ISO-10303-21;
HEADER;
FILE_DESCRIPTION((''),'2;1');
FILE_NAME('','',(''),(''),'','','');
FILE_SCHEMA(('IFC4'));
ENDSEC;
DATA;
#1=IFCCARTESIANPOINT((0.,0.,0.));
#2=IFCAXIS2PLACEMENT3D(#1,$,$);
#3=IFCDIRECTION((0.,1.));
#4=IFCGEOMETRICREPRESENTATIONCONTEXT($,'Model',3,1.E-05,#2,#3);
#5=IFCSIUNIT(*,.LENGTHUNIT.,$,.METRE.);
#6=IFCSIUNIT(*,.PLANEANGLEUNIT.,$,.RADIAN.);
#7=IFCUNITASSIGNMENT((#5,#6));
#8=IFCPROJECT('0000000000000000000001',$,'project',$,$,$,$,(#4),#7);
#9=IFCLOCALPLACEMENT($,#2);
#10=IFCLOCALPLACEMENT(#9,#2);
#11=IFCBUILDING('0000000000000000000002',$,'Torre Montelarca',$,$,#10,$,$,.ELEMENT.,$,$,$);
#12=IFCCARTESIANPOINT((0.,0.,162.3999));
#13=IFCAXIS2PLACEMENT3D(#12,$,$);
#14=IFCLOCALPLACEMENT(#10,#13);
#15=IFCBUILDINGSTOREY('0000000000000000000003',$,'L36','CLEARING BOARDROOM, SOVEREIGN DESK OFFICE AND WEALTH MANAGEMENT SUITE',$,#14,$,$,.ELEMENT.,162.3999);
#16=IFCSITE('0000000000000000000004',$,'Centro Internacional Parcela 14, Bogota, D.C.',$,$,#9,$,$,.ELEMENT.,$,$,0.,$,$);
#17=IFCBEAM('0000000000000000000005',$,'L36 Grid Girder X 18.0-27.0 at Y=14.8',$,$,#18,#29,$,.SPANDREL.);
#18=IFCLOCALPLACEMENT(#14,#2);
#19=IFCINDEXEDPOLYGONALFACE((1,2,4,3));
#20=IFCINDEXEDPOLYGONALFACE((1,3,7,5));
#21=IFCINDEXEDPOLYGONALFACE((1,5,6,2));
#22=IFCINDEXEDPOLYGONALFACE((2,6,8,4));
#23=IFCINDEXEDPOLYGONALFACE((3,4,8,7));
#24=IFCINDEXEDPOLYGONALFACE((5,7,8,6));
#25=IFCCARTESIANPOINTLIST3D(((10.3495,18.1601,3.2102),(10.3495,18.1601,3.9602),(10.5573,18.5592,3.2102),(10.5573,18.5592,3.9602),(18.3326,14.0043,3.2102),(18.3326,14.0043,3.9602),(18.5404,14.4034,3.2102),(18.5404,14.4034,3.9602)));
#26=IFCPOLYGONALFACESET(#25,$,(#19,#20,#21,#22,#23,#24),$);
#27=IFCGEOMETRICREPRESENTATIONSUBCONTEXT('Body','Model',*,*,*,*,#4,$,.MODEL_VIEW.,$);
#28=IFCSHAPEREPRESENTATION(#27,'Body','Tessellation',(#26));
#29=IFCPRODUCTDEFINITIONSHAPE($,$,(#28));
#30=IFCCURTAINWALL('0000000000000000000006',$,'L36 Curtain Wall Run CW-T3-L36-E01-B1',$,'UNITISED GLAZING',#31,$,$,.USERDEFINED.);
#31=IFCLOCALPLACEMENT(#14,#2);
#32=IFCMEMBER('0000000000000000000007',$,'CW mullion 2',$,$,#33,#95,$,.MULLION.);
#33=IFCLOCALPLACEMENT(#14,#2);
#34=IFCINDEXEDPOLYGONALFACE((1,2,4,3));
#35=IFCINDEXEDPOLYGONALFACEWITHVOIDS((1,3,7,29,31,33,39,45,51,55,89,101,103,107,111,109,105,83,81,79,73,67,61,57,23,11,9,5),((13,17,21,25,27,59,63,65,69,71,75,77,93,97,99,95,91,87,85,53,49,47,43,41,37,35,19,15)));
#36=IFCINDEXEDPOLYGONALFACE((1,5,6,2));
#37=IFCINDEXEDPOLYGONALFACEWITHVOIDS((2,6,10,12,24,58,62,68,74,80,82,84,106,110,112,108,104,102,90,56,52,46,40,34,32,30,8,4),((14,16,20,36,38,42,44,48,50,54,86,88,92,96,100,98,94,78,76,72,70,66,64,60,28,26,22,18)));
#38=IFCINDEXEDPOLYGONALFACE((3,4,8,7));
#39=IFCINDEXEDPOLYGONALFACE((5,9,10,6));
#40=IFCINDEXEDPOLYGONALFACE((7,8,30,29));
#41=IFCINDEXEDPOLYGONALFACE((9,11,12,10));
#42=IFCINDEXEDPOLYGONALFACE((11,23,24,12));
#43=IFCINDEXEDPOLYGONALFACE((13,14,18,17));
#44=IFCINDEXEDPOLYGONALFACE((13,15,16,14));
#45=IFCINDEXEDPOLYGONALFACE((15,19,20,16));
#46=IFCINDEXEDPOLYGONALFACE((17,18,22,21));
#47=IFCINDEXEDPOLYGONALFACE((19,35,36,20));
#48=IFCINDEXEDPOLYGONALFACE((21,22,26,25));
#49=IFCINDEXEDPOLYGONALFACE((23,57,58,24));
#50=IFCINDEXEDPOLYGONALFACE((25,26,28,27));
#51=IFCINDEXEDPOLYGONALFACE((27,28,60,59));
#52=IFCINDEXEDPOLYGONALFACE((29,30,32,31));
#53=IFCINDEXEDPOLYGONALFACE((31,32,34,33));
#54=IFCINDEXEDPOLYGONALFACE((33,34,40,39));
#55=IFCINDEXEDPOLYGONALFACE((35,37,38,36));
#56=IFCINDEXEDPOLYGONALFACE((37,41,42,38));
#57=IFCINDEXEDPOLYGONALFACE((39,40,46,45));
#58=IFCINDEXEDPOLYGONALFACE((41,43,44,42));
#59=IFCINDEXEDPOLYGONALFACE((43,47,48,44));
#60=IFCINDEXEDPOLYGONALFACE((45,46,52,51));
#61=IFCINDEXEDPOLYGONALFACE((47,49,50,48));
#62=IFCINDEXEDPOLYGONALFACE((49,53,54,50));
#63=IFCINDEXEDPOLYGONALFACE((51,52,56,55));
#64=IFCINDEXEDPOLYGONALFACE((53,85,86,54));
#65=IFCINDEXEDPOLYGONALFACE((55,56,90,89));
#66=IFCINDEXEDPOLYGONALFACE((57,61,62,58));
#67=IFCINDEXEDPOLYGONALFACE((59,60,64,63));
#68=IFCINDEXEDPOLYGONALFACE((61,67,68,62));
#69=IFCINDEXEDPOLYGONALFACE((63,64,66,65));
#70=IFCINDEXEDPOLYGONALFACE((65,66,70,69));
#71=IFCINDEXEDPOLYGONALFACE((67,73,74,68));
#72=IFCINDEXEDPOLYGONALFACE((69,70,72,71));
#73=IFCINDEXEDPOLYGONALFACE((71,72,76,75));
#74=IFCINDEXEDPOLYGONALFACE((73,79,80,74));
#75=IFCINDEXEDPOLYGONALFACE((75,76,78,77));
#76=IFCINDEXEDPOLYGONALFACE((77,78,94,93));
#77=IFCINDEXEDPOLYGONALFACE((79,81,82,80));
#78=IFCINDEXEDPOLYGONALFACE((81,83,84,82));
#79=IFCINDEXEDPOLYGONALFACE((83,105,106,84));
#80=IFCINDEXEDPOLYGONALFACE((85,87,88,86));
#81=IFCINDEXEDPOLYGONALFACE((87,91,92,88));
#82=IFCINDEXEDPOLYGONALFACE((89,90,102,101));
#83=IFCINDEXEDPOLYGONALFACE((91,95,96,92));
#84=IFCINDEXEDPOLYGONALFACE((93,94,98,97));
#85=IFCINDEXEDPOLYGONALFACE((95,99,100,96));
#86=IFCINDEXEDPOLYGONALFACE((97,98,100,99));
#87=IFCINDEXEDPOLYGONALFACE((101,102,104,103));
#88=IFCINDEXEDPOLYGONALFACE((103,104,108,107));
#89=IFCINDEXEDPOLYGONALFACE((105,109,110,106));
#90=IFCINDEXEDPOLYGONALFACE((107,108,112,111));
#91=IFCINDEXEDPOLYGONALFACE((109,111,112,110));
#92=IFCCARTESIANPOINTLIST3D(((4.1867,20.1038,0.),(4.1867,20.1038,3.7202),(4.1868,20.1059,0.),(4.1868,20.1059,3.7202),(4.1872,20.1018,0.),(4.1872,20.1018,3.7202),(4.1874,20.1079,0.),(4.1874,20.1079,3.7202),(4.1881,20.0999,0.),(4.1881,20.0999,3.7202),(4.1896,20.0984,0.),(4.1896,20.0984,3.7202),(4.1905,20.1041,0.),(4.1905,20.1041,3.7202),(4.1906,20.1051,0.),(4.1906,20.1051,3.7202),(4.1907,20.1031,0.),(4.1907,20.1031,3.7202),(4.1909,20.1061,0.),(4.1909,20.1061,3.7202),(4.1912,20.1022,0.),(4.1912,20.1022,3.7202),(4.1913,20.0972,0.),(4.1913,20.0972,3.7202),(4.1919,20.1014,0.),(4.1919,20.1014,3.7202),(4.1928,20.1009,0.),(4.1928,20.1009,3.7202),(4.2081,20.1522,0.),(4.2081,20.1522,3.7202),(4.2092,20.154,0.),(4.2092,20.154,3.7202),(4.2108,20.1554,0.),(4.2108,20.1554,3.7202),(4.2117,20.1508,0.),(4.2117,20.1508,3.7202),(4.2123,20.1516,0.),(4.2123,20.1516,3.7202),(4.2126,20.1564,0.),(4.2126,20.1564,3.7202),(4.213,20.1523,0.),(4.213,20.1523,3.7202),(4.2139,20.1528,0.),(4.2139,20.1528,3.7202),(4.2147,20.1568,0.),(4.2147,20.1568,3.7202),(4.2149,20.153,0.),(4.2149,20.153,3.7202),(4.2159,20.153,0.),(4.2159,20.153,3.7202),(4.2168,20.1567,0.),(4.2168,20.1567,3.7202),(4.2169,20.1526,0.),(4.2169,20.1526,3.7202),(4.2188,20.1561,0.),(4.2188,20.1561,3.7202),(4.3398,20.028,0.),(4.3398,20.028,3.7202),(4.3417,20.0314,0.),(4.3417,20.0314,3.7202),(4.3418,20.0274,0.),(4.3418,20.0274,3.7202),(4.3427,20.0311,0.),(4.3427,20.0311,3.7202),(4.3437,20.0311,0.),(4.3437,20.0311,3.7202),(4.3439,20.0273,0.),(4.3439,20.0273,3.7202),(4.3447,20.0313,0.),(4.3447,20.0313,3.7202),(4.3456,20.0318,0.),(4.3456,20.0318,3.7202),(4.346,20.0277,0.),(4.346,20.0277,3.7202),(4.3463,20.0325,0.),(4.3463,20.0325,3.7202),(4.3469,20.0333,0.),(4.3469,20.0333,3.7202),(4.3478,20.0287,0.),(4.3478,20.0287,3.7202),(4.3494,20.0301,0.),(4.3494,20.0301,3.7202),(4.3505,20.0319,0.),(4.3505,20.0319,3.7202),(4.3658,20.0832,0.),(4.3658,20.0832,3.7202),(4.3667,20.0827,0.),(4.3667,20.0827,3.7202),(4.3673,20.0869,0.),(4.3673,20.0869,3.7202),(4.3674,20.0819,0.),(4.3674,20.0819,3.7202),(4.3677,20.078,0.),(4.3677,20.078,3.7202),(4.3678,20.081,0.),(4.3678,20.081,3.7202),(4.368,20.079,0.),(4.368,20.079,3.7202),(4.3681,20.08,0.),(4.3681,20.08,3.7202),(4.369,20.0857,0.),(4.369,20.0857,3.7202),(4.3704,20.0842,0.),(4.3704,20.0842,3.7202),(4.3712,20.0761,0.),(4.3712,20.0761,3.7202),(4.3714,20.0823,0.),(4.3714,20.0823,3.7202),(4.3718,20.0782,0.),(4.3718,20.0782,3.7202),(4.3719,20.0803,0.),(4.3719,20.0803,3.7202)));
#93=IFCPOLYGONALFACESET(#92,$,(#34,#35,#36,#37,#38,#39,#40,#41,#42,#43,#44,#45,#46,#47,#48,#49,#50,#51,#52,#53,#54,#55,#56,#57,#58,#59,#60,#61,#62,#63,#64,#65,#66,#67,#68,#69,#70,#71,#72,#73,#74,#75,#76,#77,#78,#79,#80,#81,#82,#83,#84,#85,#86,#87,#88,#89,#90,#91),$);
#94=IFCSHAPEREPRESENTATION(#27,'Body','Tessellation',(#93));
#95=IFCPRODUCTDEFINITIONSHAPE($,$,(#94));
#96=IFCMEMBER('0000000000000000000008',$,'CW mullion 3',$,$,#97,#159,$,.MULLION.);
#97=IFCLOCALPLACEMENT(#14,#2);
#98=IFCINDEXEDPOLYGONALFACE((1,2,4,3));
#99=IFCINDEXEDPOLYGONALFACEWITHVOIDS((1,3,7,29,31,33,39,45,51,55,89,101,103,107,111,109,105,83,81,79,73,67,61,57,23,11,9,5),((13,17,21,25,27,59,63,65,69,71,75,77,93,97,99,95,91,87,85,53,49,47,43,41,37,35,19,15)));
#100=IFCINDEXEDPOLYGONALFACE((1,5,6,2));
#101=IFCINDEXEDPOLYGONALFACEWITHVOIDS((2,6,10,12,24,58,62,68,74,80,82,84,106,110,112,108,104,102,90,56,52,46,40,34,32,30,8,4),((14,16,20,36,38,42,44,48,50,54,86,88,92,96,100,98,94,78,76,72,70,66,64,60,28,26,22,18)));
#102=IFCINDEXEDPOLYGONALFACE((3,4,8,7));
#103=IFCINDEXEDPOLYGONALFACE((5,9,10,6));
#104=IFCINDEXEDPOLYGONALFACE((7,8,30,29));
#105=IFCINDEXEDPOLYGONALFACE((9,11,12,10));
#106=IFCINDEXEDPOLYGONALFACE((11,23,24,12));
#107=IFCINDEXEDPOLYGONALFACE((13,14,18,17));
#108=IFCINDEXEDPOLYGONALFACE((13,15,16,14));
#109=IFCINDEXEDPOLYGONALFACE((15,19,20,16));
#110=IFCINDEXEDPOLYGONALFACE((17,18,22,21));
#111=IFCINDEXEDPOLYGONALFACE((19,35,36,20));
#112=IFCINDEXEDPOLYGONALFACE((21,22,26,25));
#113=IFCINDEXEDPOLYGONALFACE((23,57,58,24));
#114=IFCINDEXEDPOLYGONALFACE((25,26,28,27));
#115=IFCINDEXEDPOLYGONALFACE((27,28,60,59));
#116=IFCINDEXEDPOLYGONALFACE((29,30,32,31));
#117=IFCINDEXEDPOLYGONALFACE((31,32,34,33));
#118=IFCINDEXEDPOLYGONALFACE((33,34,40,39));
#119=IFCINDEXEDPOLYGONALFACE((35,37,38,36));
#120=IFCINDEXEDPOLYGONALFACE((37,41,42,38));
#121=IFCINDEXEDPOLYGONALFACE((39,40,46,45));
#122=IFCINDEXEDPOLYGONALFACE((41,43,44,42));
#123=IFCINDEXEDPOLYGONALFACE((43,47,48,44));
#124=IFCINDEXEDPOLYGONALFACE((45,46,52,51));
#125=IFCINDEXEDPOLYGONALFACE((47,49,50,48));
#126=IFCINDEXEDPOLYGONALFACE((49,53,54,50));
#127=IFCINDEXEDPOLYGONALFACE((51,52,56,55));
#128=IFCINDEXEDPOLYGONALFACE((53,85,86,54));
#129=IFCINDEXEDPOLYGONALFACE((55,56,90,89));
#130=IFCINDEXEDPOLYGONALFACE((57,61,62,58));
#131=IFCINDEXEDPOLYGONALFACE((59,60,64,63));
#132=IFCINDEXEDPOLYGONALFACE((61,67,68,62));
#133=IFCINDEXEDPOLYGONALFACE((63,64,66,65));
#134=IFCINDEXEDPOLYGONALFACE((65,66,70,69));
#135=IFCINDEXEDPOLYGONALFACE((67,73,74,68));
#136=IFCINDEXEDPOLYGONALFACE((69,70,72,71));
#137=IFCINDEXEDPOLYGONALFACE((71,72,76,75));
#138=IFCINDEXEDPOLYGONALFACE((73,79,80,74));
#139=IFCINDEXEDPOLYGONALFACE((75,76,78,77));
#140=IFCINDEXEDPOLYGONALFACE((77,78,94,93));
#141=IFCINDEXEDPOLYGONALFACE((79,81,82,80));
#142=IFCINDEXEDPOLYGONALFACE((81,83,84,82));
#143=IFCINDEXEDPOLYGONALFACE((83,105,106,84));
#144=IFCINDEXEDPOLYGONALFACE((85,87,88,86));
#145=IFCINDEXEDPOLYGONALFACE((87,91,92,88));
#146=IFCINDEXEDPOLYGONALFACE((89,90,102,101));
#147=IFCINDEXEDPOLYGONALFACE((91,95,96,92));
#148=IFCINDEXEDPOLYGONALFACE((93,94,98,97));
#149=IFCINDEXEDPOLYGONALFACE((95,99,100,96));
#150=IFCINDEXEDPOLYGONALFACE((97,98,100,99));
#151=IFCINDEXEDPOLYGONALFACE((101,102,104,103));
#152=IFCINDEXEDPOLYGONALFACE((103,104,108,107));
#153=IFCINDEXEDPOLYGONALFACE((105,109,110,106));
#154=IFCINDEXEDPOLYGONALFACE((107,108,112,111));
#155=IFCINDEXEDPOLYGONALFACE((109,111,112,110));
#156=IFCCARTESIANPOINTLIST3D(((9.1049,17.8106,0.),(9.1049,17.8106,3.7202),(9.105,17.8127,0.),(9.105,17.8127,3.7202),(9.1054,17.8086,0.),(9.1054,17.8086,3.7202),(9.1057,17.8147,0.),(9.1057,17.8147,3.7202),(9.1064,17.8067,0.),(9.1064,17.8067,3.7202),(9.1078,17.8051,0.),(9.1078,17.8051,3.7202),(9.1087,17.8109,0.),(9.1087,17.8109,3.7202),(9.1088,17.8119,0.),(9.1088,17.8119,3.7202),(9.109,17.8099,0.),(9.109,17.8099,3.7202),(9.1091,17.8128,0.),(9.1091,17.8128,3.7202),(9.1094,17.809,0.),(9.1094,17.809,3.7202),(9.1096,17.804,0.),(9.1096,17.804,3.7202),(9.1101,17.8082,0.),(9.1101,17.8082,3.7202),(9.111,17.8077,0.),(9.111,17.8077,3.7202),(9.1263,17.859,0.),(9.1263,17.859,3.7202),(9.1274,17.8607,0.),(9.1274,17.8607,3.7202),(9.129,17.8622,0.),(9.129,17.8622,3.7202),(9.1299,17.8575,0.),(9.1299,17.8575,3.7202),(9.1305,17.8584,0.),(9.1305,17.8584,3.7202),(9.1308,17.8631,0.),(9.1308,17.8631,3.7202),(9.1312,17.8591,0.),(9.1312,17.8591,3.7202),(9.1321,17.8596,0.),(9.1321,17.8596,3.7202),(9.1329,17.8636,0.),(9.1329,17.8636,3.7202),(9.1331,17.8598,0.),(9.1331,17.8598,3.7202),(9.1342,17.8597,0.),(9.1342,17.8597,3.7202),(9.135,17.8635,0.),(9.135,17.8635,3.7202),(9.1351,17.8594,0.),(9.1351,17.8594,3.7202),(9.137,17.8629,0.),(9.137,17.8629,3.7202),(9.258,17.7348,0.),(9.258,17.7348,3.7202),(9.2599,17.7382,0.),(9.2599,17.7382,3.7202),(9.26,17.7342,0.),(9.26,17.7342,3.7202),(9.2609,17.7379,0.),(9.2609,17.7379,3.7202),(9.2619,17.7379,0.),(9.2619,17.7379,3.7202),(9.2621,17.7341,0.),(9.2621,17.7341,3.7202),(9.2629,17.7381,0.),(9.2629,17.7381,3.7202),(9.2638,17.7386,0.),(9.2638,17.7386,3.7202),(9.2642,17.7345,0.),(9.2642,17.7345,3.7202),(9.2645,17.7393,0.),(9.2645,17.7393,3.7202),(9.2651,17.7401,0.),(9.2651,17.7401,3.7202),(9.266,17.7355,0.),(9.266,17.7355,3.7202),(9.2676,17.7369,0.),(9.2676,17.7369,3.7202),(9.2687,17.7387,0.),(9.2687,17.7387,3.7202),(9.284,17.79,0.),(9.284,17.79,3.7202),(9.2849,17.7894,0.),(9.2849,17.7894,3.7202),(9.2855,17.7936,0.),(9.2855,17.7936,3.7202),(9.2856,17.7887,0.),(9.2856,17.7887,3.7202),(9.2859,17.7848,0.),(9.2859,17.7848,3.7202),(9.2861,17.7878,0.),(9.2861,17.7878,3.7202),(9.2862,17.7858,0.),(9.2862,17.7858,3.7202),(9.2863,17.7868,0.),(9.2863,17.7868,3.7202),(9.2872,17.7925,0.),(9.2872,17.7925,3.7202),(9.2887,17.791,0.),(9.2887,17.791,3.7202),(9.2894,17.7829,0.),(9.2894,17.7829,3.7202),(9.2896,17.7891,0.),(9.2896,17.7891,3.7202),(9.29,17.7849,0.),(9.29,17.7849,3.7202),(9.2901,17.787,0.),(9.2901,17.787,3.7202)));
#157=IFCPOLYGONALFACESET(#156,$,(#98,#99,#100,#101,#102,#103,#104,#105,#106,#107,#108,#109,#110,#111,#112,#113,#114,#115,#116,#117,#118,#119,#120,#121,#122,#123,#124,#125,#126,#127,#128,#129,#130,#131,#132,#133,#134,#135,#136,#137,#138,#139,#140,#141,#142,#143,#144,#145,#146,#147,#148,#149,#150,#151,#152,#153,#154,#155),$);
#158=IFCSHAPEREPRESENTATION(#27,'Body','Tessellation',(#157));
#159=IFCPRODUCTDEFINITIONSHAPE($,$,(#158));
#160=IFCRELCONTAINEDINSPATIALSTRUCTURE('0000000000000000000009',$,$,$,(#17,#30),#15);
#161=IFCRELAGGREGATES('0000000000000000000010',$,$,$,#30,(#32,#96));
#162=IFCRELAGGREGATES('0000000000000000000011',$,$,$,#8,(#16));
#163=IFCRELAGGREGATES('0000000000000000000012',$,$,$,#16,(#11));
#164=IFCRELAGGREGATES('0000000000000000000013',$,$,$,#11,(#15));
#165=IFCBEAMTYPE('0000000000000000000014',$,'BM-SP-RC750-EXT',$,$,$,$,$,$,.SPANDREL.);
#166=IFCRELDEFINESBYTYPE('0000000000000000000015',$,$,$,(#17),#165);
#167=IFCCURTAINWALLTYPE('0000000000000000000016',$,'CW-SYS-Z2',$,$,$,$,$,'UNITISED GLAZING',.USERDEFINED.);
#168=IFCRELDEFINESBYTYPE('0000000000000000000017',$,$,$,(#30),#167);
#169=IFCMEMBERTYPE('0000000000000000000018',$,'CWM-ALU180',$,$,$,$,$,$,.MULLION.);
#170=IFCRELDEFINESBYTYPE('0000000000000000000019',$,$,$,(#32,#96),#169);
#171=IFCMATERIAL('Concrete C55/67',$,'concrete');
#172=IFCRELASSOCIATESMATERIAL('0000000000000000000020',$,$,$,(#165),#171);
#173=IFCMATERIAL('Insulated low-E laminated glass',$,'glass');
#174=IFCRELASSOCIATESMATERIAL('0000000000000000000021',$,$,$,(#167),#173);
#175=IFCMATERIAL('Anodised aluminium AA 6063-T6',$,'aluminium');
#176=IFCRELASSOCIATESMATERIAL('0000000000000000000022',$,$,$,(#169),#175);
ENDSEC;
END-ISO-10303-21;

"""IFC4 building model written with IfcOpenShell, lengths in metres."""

from ifc_helpers import new_model, si_unit, direction, frame, origin, origin_2d, place, context, subcontext, project, spatial, rectangle, hollow_rectangle, extrude, source, transform, mapped, material, material_profile, profile_set, type_object, element, aggregate, save


model = new_model("IFC4")

# Units and contexts
model_context = context("Model", 3, precision=1e-05, world=origin(), true_north=direction((0.0, 1.0)))
body_context = subcontext(model_context, "Body", "Model", "MODEL_VIEW")
ifc_project = project(units=[si_unit("LENGTHUNIT", "METRE"), si_unit("PLANEANGLEUNIT", "RADIAN")], contexts=[model_context])

# Site, building, storey
site_placement = place(None, origin())
site = spatial("IfcSite", under=ifc_project, at=site_placement, Name="Centro Internacional Parcela 14, Bogota, D.C.", CompositionType="ELEMENT", RefElevation=0.0)
building_placement = place(site_placement, origin())
building = spatial("IfcBuilding", under=site, at=building_placement, Name="Torre Montelarca", CompositionType="ELEMENT")
storey_placement = place(building_placement, frame((0.0, 0.0, 162.3999)))
storey = spatial("IfcBuildingStorey", under=building, at=storey_placement, Name="L36", Description="CLEARING BOARDROOM, SOVEREIGN DESK OFFICE AND WEALTH MANAGEMENT SUITE", CompositionType="ELEMENT", Elevation=162.3999)

# Shared definitions
ifc_material_1 = material(Name="Concrete C55/67", Category="concrete")

# Beam
ifc_material_profile_1 = material_profile(ifc_material_1, rectangle(XDim=0.45, YDim=0.75, at=origin_2d()), Name="RCB450X750", Category="concrete")
ifc_profile_set_1 = profile_set([ifc_material_profile_1], Name="Concrete C55/67")
beam_type = type_object("IfcBeamType", Name="BM-SP-RC750-EXT", PredefinedType="SPANDREL", material=ifc_profile_set_1)
shared_shape_1 = source(origin(), body_context, "Body", "SweptSolid", [
    extrude(rectangle(XDim=0.45, YDim=0.75, at=origin_2d()), origin(), (0.0, 0.0, 1.0), 9.0),
])
beam_placement = place(storey_placement, frame((10.4534, 18.3596, 3.5852), z_axis=(0.887011, -0.461748, 0.0), x_axis=(0.461748, 0.887011, 0.0)))
element("IfcBeam", 1, at=beam_placement, inside=storey, type_object=beam_type, Name="L36 Grid Girder X 18.0-27.0 at Y=14.8", PredefinedType="SPANDREL", context=body_context, shape_type="MappedRepresentation", body=[
    mapped(shared_shape_1, transform((0.0, 0.0, 0.0), scale=1.0)),
])

# Curtain wall, members
ifc_material_2 = material(Name="Insulated low-E laminated glass", Category="glass")
curtain_wall_type = type_object("IfcCurtainWallType", Name="CW-SYS-Z2", ElementType="UNITISED GLAZING", PredefinedType="USERDEFINED", material=ifc_material_2)
curtain_wall_1_placement = place(storey_placement, origin())
curtain_wall_1 = element("IfcCurtainWall", 2, at=curtain_wall_1_placement, inside=storey, type_object=curtain_wall_type, Name="L36 Curtain Wall Run CW-T3-L36-E01-B1", ObjectType="UNITISED GLAZING", PredefinedType="USERDEFINED")
ifc_material_3 = material(Name="Anodised aluminium AA 6063-T6", Category="aluminium")
ifc_material_profile_2 = material_profile(ifc_material_3, hollow_rectangle(XDim=0.0649, YDim=0.1799, WallThickness=0.0039, InnerFilletRadius=0.0039, OuterFilletRadius=0.0081, at=origin_2d()), Name="ALU65X180X4", Category="aluminium")
ifc_profile_set_2 = profile_set([ifc_material_profile_2], Name="Anodised aluminium AA 6063-T6")
member_type_1 = type_object("IfcMemberType", Name="CWM-ALU180", PredefinedType="MULLION", material=ifc_profile_set_2)
shared_shape_2 = source(origin(), body_context, "Body", "SweptSolid", [
    extrude(hollow_rectangle(XDim=0.0649, YDim=0.1799, WallThickness=0.0039, InnerFilletRadius=0.0039, OuterFilletRadius=0.0081, at=origin_2d()), origin(), (0.0, 0.0, 1.0), 3.7202),
])
member_1_placement = place(storey_placement, frame((4.2793, 20.092, 0.0), z_axis=(0.0, 0.0, 1.0), x_axis=(0.422611, 0.906311, 0.0)))
member_1 = element("IfcMember", 3, at=member_1_placement, type_object=member_type_1, Name="CW mullion 2", PredefinedType="MULLION", context=body_context, shape_type="MappedRepresentation", body=[
    mapped(shared_shape_2, transform((0.0, 0.0, 0.0), scale=1.0)),
])
member_2_placement = place(storey_placement, frame((9.1975, 17.7988, 0.0), z_axis=(0.0, 0.0, 1.0), x_axis=(0.422611, 0.906311, 0.0)))
member_2 = element("IfcMember", 4, at=member_2_placement, type_object=member_type_1, Name="CW mullion 3", PredefinedType="MULLION", context=body_context, shape_type="MappedRepresentation", body=[
    mapped(shared_shape_2, transform((0.0, 0.0, 0.0), scale=1.0)),
])

aggregate(curtain_wall_1, [member_1, member_2])

save(model, "model.ifc")
